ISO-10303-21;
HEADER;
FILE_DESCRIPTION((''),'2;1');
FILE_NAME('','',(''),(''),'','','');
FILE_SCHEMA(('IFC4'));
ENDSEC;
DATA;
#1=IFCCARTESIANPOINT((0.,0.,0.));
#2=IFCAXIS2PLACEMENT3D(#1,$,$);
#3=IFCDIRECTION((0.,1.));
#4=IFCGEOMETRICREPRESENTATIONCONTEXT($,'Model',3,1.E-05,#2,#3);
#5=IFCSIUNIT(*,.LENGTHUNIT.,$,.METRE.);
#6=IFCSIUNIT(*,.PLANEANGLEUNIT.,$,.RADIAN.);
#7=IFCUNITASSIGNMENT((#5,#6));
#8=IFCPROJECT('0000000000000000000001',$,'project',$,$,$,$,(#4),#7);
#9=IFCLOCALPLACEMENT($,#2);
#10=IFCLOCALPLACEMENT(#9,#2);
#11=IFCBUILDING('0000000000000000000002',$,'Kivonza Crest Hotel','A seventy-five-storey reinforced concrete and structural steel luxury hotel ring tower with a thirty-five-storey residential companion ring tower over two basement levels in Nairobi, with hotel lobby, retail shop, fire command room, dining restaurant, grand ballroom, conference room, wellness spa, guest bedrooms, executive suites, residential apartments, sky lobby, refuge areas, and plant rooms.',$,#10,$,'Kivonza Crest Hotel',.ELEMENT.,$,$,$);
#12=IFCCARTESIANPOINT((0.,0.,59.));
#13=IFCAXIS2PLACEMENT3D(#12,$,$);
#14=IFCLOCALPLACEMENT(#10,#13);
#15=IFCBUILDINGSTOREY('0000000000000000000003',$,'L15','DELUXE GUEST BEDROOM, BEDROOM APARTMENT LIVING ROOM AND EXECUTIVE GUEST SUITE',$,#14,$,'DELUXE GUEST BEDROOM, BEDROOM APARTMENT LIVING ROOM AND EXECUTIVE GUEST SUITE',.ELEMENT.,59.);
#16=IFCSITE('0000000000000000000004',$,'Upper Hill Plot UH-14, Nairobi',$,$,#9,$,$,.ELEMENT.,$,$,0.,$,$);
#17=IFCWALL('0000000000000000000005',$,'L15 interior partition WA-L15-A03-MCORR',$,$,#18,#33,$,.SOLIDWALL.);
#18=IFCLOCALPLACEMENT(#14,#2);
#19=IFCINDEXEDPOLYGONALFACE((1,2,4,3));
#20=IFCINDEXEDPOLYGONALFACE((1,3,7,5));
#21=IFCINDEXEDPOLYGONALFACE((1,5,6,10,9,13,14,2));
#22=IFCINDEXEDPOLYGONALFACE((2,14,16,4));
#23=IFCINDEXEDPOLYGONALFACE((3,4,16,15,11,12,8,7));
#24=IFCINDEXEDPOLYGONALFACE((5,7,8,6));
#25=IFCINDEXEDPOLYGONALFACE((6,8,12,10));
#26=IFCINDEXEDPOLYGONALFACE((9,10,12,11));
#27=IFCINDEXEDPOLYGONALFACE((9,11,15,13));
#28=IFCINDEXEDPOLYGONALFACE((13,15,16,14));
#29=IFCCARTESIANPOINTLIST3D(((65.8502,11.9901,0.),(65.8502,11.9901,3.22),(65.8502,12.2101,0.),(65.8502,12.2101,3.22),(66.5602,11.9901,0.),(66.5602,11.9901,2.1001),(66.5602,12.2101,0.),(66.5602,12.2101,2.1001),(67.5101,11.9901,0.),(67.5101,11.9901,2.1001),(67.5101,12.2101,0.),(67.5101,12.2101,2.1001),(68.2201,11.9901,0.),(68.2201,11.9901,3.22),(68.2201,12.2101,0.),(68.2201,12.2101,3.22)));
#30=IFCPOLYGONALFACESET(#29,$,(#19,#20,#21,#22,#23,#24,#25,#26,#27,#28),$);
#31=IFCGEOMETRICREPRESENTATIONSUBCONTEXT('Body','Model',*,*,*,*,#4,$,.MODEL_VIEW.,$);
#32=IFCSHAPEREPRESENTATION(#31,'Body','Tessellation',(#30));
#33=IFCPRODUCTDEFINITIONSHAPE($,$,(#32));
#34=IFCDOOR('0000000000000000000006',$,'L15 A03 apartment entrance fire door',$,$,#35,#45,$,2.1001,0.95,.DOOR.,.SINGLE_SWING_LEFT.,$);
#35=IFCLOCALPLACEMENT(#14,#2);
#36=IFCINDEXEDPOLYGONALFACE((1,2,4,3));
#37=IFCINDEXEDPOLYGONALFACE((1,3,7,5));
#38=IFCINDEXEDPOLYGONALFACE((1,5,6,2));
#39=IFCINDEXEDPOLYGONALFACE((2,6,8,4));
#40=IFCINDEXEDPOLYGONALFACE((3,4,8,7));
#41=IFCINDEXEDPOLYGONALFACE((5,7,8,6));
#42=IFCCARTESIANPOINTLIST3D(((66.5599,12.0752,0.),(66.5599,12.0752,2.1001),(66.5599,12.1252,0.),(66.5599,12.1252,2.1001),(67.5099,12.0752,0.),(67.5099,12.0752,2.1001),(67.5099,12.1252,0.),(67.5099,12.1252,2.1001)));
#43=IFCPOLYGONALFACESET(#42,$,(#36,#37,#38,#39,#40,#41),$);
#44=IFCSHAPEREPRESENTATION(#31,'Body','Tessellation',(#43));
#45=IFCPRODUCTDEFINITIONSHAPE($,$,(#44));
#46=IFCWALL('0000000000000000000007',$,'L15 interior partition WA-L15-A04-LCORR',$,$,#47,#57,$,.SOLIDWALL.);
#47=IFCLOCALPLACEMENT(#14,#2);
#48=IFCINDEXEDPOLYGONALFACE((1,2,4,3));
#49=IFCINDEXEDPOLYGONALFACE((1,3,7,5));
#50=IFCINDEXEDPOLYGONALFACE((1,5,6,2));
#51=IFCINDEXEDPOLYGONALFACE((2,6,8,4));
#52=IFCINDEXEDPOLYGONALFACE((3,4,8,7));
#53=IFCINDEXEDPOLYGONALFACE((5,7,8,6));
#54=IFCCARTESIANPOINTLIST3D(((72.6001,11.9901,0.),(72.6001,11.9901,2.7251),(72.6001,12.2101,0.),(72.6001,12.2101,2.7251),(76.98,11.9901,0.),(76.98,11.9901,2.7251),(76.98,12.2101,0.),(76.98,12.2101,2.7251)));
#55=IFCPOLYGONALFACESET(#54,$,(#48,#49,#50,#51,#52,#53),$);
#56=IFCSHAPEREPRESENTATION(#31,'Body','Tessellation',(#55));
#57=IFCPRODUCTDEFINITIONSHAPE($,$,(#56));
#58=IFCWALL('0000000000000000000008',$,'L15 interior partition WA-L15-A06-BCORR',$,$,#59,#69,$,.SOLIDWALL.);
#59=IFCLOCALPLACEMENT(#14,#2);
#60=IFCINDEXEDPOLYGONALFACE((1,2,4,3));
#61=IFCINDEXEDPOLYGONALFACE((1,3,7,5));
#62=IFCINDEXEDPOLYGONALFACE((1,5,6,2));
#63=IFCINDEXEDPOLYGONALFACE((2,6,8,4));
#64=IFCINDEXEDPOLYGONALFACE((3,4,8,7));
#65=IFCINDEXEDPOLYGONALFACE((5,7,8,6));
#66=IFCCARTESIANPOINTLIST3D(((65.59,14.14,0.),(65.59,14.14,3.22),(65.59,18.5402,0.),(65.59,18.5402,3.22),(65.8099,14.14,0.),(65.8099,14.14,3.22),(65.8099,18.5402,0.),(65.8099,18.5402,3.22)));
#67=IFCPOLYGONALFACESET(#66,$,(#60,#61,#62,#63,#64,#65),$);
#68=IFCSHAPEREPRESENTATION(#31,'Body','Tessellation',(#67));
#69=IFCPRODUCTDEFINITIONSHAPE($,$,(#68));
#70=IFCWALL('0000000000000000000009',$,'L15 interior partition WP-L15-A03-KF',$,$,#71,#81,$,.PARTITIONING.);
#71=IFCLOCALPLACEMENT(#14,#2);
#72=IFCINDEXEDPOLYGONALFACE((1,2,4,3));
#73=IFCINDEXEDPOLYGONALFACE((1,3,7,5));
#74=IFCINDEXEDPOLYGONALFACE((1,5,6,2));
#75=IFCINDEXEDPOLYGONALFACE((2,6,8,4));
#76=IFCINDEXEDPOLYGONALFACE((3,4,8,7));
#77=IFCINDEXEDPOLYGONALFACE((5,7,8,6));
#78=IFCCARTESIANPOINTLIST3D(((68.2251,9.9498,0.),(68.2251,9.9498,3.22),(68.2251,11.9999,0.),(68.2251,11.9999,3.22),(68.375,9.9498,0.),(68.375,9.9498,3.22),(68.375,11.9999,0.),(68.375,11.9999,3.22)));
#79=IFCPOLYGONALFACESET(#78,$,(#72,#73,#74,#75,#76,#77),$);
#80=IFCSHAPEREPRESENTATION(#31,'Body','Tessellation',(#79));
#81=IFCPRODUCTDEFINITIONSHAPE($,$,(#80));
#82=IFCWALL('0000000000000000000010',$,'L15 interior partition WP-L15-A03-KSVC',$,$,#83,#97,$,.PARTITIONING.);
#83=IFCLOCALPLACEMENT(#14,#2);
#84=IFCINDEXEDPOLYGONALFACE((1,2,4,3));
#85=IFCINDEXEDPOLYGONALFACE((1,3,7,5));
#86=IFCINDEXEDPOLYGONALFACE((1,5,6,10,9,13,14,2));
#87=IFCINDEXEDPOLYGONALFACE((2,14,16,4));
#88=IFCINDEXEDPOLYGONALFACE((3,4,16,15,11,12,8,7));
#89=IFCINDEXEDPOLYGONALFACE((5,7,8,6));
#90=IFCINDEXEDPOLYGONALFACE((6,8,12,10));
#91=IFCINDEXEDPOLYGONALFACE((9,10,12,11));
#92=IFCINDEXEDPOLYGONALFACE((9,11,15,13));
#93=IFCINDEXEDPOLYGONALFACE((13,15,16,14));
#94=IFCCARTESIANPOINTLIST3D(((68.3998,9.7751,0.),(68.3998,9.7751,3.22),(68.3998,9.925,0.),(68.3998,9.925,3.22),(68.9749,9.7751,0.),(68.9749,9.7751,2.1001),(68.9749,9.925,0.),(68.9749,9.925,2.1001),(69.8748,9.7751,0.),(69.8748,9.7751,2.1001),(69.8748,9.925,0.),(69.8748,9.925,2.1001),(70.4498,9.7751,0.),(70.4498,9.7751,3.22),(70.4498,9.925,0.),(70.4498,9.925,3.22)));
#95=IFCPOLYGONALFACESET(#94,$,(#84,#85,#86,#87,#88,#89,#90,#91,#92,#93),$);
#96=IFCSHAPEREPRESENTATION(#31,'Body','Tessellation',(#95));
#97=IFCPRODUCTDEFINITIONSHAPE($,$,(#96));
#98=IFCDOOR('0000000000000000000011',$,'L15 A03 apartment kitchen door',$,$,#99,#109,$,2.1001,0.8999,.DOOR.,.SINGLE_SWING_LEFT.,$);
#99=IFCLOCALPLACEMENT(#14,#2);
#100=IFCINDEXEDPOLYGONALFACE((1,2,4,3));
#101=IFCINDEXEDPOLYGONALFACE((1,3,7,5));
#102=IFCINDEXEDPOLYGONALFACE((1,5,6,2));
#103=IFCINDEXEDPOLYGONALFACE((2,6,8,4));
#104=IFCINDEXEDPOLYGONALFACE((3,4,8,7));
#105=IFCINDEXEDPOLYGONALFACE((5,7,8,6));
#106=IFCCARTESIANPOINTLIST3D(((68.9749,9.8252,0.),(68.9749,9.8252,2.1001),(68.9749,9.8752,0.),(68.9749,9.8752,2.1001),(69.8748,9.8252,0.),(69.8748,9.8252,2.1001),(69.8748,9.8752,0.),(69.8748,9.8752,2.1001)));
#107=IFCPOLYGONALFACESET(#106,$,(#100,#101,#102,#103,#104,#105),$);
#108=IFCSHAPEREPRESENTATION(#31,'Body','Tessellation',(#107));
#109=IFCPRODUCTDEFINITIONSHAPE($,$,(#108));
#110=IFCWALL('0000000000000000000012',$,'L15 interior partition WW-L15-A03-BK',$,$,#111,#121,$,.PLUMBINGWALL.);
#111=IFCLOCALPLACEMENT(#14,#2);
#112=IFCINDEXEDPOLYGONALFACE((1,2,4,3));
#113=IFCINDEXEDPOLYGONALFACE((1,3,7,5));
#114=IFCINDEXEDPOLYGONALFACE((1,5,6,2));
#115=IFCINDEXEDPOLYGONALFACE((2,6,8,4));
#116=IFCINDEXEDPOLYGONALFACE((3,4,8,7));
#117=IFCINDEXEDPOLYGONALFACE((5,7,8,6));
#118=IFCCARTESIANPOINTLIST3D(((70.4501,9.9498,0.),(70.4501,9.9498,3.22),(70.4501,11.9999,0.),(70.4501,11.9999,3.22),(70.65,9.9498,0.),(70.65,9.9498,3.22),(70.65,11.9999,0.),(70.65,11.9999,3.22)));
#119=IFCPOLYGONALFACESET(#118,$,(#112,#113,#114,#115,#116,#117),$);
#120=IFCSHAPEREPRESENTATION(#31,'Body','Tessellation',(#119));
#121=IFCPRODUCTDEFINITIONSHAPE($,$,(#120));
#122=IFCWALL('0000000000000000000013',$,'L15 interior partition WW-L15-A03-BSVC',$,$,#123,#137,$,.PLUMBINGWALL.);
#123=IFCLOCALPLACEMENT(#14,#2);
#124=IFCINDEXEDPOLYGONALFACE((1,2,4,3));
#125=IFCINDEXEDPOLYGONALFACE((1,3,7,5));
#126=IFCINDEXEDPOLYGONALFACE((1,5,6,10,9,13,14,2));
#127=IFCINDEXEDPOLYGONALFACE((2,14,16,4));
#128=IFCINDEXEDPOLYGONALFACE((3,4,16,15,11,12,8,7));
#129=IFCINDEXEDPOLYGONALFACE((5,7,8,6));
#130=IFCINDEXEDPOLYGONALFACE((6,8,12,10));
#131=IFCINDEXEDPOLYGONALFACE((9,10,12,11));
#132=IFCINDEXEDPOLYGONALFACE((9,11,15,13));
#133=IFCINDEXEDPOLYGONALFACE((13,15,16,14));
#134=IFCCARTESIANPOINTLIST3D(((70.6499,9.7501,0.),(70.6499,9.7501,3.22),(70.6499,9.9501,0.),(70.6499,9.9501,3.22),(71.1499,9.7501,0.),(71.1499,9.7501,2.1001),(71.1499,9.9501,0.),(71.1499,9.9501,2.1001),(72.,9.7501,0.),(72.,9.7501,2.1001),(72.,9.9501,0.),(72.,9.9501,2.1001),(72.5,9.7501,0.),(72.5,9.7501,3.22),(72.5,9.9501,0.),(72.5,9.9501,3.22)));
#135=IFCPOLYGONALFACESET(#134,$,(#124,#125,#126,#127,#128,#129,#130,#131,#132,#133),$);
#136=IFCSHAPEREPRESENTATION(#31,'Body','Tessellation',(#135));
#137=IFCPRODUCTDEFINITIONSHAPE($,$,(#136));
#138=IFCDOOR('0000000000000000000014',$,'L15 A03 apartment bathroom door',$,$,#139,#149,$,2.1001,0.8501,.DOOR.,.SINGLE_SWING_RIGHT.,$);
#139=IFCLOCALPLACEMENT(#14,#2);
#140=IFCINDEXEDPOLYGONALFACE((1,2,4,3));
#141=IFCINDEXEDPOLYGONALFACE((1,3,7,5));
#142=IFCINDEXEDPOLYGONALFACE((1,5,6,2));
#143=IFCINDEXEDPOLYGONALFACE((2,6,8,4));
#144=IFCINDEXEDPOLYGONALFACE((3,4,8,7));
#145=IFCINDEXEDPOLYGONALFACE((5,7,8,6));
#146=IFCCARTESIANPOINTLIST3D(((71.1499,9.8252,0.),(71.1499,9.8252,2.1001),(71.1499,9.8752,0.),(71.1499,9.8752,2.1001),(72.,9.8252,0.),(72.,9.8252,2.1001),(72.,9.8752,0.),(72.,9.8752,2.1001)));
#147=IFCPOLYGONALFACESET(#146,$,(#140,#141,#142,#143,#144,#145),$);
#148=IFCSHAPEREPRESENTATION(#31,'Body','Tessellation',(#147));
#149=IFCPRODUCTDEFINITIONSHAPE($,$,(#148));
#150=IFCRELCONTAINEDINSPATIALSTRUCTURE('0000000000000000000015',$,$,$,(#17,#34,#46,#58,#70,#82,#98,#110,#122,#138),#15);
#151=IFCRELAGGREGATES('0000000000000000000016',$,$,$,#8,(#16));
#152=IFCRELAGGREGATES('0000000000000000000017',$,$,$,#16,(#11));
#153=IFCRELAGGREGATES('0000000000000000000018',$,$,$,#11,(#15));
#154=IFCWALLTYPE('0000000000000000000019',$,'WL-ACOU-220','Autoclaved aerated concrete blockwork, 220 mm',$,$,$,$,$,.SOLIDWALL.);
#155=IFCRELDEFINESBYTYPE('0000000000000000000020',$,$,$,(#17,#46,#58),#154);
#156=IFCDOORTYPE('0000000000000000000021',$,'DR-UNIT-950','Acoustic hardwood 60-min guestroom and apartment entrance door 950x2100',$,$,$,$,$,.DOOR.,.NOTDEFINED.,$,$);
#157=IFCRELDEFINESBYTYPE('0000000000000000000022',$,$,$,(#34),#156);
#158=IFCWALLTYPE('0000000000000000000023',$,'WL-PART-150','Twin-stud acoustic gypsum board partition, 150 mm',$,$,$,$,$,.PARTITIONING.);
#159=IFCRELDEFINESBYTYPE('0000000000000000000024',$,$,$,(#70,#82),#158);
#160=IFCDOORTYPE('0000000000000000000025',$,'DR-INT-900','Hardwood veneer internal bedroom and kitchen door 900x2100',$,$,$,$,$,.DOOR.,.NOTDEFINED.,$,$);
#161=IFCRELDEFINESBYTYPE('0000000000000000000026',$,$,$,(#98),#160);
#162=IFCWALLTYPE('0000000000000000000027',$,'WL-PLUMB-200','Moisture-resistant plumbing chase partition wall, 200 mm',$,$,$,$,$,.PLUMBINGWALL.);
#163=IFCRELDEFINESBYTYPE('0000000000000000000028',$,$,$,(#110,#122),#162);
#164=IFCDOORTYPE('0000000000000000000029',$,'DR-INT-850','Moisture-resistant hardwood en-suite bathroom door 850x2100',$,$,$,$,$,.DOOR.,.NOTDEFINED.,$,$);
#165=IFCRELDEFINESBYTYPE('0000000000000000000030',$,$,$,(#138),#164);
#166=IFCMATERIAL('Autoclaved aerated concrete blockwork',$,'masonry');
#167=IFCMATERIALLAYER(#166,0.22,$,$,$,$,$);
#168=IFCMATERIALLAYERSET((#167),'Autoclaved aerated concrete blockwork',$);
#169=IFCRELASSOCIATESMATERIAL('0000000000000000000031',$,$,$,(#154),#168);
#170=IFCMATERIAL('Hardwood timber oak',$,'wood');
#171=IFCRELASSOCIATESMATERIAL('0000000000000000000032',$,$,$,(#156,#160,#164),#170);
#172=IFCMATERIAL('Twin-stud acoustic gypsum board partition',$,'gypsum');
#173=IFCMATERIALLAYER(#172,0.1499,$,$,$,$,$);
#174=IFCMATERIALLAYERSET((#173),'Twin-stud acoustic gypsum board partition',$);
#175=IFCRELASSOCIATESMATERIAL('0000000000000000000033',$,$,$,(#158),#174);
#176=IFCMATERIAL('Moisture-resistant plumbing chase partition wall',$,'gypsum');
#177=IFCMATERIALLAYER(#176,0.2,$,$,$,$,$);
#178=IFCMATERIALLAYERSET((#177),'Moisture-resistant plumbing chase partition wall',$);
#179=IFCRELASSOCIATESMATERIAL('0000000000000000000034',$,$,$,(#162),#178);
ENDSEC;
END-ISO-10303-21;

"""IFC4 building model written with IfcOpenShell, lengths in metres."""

from ifc_helpers import new_model, si_unit, direction, frame, frame_2d, origin, place, context, subcontext, project, spatial, rectangle, extrude, material, layer, layer_set, type_object, element, fill, save


model = new_model("IFC4")

# Units and contexts
model_context = context("Model", 3, precision=1e-05, world=origin(), true_north=direction((0.0, 1.0)))
body_context = subcontext(model_context, "Body", "Model", "MODEL_VIEW")
ifc_project = project(units=[si_unit("LENGTHUNIT", "METRE"), si_unit("PLANEANGLEUNIT", "RADIAN")], contexts=[model_context])

# Site, building, storey
site_placement = place(None, origin())
site = spatial("IfcSite", under=ifc_project, at=site_placement, Name="Upper Hill Plot UH-14, Nairobi", CompositionType="ELEMENT", RefElevation=0.0)
building_placement = place(site_placement, origin())
building = spatial("IfcBuilding", under=site, at=building_placement, Name="Kivonza Crest Hotel", Description="A seventy-five-storey reinforced concrete and structural steel luxury hotel ring tower with a thirty-five-storey residential companion ring tower over two basement levels in Nairobi, with hotel lobby, retail shop, fire command room, dining restaurant, grand ballroom, conference room, wellness spa, guest bedrooms, executive suites, residential apartments, sky lobby, refuge areas, and plant rooms.", LongName="Kivonza Crest Hotel", CompositionType="ELEMENT")
storey_placement = place(building_placement, frame((0.0, 0.0, 59.0)))
storey = spatial("IfcBuildingStorey", under=building, at=storey_placement, Name="L15", Description="DELUXE GUEST BEDROOM, BEDROOM APARTMENT LIVING ROOM AND EXECUTIVE GUEST SUITE", LongName="DELUXE GUEST BEDROOM, BEDROOM APARTMENT LIVING ROOM AND EXECUTIVE GUEST SUITE", CompositionType="ELEMENT", Elevation=59.0)

# Shared definitions
ifc_material_1 = material(Name="Autoclaved aerated concrete blockwork", Category="masonry")
ifc_layer_1 = layer(ifc_material_1, 0.22)
ifc_layer_set_1 = layer_set([ifc_layer_1], Name="Autoclaved aerated concrete blockwork")
wall_type_1 = type_object("IfcWallType", Name="WL-ACOU-220", Description="Autoclaved aerated concrete blockwork, 220 mm", PredefinedType="SOLIDWALL", material=ifc_layer_set_1)

# Wall, opening, door
wall_1_placement = place(storey_placement, frame((65.8501, 12.1001, 0.0), z_axis=(0.0, 0.0, 1.0), x_axis=(1.0, 0.0, 0.0)))
wall_1 = element("IfcWall", 1, at=wall_1_placement, inside=storey, type_object=wall_type_1, Name="L15 interior partition WA-L15-A03-MCORR", PredefinedType="SOLIDWALL", context=body_context, shape_type="SweptSolid", body=[
    extrude(rectangle(XDim=2.3699, YDim=0.22, at=frame_2d((1.1851, 0.0))), origin(), (0.0, 0.0, 1.0), 3.22),
])
opening_1_placement = place(wall_1_placement, frame((0.71, 0.0, 0.0)))
opening_1 = element("IfcOpeningElement", 2, at=opening_1_placement, cuts=wall_1, PredefinedType="OPENING", context=body_context, shape_type="SweptSolid", body=[
    extrude(rectangle(XDim=0.95, YDim=2.1001, at=frame_2d((0.4751, 1.05))), frame((0.0, 0.1201, 0.0), z_axis=(0.0, -1.0, 0.0), x_axis=(1.0, 0.0, 0.0)), (0.0, 0.0, 1.0), 0.24),
])
ifc_material_2 = material(Name="Hardwood timber oak", Category="wood")
door_type_1 = type_object("IfcDoorType", Name="DR-UNIT-950", Description="Acoustic hardwood 60-min guestroom and apartment entrance door 950x2100", OperationType="NOTDEFINED", PredefinedType="DOOR", material=ifc_material_2)
door_1_placement = place(opening_1_placement, frame((0.95, 0.0, 0.0), z_axis=(0.0, 0.0, 1.0), x_axis=(-1.0, 0.0, 0.0)))
door_1 = element("IfcDoor", 3, at=door_1_placement, inside=storey, type_object=door_type_1, Name="L15 A03 apartment entrance fire door", OperationType="SINGLE_SWING_LEFT", OverallHeight=2.1001, OverallWidth=0.95, PredefinedType="DOOR", context=body_context, shape_type="SweptSolid", body=[
    extrude(rectangle(XDim=0.95, YDim=2.1001, at=frame_2d((0.4751, 1.05))), frame((0.0, 0.0249, 0.0), z_axis=(0.0, -1.0, 0.0), x_axis=(1.0, 0.0, 0.0)), (0.0, 0.0, 1.0), 0.05),
])
fill(opening_1, door_1)

# Walls
wall_2_placement = place(storey_placement, frame((72.6001, 12.1001, 0.0), z_axis=(0.0, 0.0, 1.0), x_axis=(1.0, 0.0, 0.0)))
element("IfcWall", 4, at=wall_2_placement, inside=storey, type_object=wall_type_1, Name="L15 interior partition WA-L15-A04-LCORR", PredefinedType="SOLIDWALL", context=body_context, shape_type="SweptSolid", body=[
    extrude(rectangle(XDim=4.3799, YDim=0.22, at=frame_2d((2.1899, 0.0))), origin(), (0.0, 0.0, 1.0), 2.7251),
])
wall_3_placement = place(storey_placement, frame((65.7, 14.1399, 0.0), z_axis=(0.0, 0.0, 1.0), x_axis=(0.0, 1.0, 0.0)))
element("IfcWall", 5, at=wall_3_placement, inside=storey, type_object=wall_type_1, Name="L15 interior partition WA-L15-A06-BCORR", PredefinedType="SOLIDWALL", context=body_context, shape_type="SweptSolid", body=[
    extrude(rectangle(XDim=4.4001, YDim=0.22, at=frame_2d((2.2002, 0.0))), origin(), (0.0, 0.0, 1.0), 3.22),
])

# Wall
ifc_material_3 = material(Name="Twin-stud acoustic gypsum board partition", Category="gypsum")
ifc_layer_2 = layer(ifc_material_3, 0.1499)
ifc_layer_set_2 = layer_set([ifc_layer_2], Name="Twin-stud acoustic gypsum board partition")
wall_type_2 = type_object("IfcWallType", Name="WL-PART-150", Description="Twin-stud acoustic gypsum board partition, 150 mm", PredefinedType="PARTITIONING", material=ifc_layer_set_2)
wall_4_placement = place(storey_placement, frame((68.3, 9.95, 0.0), z_axis=(0.0, 0.0, 1.0), x_axis=(0.0, 1.0, 0.0)))
element("IfcWall", 6, at=wall_4_placement, inside=storey, type_object=wall_type_2, Name="L15 interior partition WP-L15-A03-KF", PredefinedType="PARTITIONING", context=body_context, shape_type="SweptSolid", body=[
    extrude(rectangle(XDim=2.05, YDim=0.1499, at=frame_2d((1.0249, 0.0))), origin(), (0.0, 0.0, 1.0), 3.22),
])

# Wall, opening, door
wall_5_placement = place(storey_placement, frame((68.3999, 9.8501, 0.0), z_axis=(0.0, 0.0, 1.0), x_axis=(1.0, 0.0, 0.0)))
wall_5 = element("IfcWall", 7, at=wall_5_placement, inside=storey, type_object=wall_type_2, Name="L15 interior partition WP-L15-A03-KSVC", PredefinedType="PARTITIONING", context=body_context, shape_type="SweptSolid", body=[
    extrude(rectangle(XDim=2.05, YDim=0.1499, at=frame_2d((1.0249, 0.0))), origin(), (0.0, 0.0, 1.0), 3.22),
])
opening_2_placement = place(wall_5_placement, frame((0.575, 0.0, 0.0)))
opening_2 = element("IfcOpeningElement", 8, at=opening_2_placement, cuts=wall_5, PredefinedType="OPENING", context=body_context, shape_type="SweptSolid", body=[
    extrude(rectangle(XDim=0.8999, YDim=2.1001, at=frame_2d((0.45, 1.05))), frame((0.0, 0.085, 0.0), z_axis=(0.0, -1.0, 0.0), x_axis=(1.0, 0.0, 0.0)), (0.0, 0.0, 1.0), 0.1699),
])
door_type_2 = type_object("IfcDoorType", Name="DR-INT-900", Description="Hardwood veneer internal bedroom and kitchen door 900x2100", OperationType="NOTDEFINED", PredefinedType="DOOR", material=ifc_material_2)
door_2_placement = place(opening_2_placement, frame((0.8999, 0.0, 0.0), z_axis=(0.0, 0.0, 1.0), x_axis=(-1.0, 0.0, 0.0)))
door_2 = element("IfcDoor", 9, at=door_2_placement, inside=storey, type_object=door_type_2, Name="L15 A03 apartment kitchen door", OperationType="SINGLE_SWING_LEFT", OverallHeight=2.1001, OverallWidth=0.8999, PredefinedType="DOOR", context=body_context, shape_type="SweptSolid", body=[
    extrude(rectangle(XDim=0.8999, YDim=2.1001, at=frame_2d((0.45, 1.05))), frame((0.0, 0.0249, 0.0), z_axis=(0.0, -1.0, 0.0), x_axis=(1.0, 0.0, 0.0)), (0.0, 0.0, 1.0), 0.05),
])
fill(opening_2, door_2)

# Wall
ifc_material_4 = material(Name="Moisture-resistant plumbing chase partition wall", Category="gypsum")
ifc_layer_3 = layer(ifc_material_4, 0.2)
ifc_layer_set_3 = layer_set([ifc_layer_3], Name="Moisture-resistant plumbing chase partition wall")
wall_type_3 = type_object("IfcWallType", Name="WL-PLUMB-200", Description="Moisture-resistant plumbing chase partition wall, 200 mm", PredefinedType="PLUMBINGWALL", material=ifc_layer_set_3)
wall_6_placement = place(storey_placement, frame((70.55, 9.95, 0.0), z_axis=(0.0, 0.0, 1.0), x_axis=(0.0, 1.0, 0.0)))
element("IfcWall", 10, at=wall_6_placement, inside=storey, type_object=wall_type_3, Name="L15 interior partition WW-L15-A03-BK", PredefinedType="PLUMBINGWALL", context=body_context, shape_type="SweptSolid", body=[
    extrude(rectangle(XDim=2.05, YDim=0.2, at=frame_2d((1.0249, 0.0))), origin(), (0.0, 0.0, 1.0), 3.22),
])

# Wall, opening, door
wall_7_placement = place(storey_placement, frame((70.6499, 9.8501, 0.0), z_axis=(0.0, 0.0, 1.0), x_axis=(1.0, 0.0, 0.0)))
wall_7 = element("IfcWall", 11, at=wall_7_placement, inside=storey, type_object=wall_type_3, Name="L15 interior partition WW-L15-A03-BSVC", PredefinedType="PLUMBINGWALL", context=body_context, shape_type="SweptSolid", body=[
    extrude(rectangle(XDim=1.8501, YDim=0.2, at=frame_2d((0.925, 0.0))), origin(), (0.0, 0.0, 1.0), 3.22),
])
opening_3_placement = place(wall_7_placement, frame((0.5, 0.0, 0.0)))
opening_3 = element("IfcOpeningElement", 12, at=opening_3_placement, cuts=wall_7, PredefinedType="OPENING", context=body_context, shape_type="SweptSolid", body=[
    extrude(rectangle(XDim=0.8501, YDim=2.1001, at=frame_2d((0.425, 1.05))), frame((0.0, 0.1099, 0.0), z_axis=(0.0, -1.0, 0.0), x_axis=(1.0, 0.0, 0.0)), (0.0, 0.0, 1.0), 0.22),
])
door_type_3 = type_object("IfcDoorType", Name="DR-INT-850", Description="Moisture-resistant hardwood en-suite bathroom door 850x2100", OperationType="NOTDEFINED", PredefinedType="DOOR", material=ifc_material_2)
door_3_placement = place(opening_3_placement, frame((0.8501, 0.0, 0.0), z_axis=(0.0, 0.0, 1.0), x_axis=(-1.0, 0.0, 0.0)))
door_3 = element("IfcDoor", 13, at=door_3_placement, inside=storey, type_object=door_type_3, Name="L15 A03 apartment bathroom door", OperationType="SINGLE_SWING_RIGHT", OverallHeight=2.1001, OverallWidth=0.8501, PredefinedType="DOOR", context=body_context, shape_type="SweptSolid", body=[
    extrude(rectangle(XDim=0.8501, YDim=2.1001, at=frame_2d((0.425, 1.05))), frame((0.0, 0.0249, 0.0), z_axis=(0.0, -1.0, 0.0), x_axis=(1.0, 0.0, 0.0)), (0.0, 0.0, 1.0), 0.05),
])
fill(opening_3, door_3)

save(model, "model.ifc")
